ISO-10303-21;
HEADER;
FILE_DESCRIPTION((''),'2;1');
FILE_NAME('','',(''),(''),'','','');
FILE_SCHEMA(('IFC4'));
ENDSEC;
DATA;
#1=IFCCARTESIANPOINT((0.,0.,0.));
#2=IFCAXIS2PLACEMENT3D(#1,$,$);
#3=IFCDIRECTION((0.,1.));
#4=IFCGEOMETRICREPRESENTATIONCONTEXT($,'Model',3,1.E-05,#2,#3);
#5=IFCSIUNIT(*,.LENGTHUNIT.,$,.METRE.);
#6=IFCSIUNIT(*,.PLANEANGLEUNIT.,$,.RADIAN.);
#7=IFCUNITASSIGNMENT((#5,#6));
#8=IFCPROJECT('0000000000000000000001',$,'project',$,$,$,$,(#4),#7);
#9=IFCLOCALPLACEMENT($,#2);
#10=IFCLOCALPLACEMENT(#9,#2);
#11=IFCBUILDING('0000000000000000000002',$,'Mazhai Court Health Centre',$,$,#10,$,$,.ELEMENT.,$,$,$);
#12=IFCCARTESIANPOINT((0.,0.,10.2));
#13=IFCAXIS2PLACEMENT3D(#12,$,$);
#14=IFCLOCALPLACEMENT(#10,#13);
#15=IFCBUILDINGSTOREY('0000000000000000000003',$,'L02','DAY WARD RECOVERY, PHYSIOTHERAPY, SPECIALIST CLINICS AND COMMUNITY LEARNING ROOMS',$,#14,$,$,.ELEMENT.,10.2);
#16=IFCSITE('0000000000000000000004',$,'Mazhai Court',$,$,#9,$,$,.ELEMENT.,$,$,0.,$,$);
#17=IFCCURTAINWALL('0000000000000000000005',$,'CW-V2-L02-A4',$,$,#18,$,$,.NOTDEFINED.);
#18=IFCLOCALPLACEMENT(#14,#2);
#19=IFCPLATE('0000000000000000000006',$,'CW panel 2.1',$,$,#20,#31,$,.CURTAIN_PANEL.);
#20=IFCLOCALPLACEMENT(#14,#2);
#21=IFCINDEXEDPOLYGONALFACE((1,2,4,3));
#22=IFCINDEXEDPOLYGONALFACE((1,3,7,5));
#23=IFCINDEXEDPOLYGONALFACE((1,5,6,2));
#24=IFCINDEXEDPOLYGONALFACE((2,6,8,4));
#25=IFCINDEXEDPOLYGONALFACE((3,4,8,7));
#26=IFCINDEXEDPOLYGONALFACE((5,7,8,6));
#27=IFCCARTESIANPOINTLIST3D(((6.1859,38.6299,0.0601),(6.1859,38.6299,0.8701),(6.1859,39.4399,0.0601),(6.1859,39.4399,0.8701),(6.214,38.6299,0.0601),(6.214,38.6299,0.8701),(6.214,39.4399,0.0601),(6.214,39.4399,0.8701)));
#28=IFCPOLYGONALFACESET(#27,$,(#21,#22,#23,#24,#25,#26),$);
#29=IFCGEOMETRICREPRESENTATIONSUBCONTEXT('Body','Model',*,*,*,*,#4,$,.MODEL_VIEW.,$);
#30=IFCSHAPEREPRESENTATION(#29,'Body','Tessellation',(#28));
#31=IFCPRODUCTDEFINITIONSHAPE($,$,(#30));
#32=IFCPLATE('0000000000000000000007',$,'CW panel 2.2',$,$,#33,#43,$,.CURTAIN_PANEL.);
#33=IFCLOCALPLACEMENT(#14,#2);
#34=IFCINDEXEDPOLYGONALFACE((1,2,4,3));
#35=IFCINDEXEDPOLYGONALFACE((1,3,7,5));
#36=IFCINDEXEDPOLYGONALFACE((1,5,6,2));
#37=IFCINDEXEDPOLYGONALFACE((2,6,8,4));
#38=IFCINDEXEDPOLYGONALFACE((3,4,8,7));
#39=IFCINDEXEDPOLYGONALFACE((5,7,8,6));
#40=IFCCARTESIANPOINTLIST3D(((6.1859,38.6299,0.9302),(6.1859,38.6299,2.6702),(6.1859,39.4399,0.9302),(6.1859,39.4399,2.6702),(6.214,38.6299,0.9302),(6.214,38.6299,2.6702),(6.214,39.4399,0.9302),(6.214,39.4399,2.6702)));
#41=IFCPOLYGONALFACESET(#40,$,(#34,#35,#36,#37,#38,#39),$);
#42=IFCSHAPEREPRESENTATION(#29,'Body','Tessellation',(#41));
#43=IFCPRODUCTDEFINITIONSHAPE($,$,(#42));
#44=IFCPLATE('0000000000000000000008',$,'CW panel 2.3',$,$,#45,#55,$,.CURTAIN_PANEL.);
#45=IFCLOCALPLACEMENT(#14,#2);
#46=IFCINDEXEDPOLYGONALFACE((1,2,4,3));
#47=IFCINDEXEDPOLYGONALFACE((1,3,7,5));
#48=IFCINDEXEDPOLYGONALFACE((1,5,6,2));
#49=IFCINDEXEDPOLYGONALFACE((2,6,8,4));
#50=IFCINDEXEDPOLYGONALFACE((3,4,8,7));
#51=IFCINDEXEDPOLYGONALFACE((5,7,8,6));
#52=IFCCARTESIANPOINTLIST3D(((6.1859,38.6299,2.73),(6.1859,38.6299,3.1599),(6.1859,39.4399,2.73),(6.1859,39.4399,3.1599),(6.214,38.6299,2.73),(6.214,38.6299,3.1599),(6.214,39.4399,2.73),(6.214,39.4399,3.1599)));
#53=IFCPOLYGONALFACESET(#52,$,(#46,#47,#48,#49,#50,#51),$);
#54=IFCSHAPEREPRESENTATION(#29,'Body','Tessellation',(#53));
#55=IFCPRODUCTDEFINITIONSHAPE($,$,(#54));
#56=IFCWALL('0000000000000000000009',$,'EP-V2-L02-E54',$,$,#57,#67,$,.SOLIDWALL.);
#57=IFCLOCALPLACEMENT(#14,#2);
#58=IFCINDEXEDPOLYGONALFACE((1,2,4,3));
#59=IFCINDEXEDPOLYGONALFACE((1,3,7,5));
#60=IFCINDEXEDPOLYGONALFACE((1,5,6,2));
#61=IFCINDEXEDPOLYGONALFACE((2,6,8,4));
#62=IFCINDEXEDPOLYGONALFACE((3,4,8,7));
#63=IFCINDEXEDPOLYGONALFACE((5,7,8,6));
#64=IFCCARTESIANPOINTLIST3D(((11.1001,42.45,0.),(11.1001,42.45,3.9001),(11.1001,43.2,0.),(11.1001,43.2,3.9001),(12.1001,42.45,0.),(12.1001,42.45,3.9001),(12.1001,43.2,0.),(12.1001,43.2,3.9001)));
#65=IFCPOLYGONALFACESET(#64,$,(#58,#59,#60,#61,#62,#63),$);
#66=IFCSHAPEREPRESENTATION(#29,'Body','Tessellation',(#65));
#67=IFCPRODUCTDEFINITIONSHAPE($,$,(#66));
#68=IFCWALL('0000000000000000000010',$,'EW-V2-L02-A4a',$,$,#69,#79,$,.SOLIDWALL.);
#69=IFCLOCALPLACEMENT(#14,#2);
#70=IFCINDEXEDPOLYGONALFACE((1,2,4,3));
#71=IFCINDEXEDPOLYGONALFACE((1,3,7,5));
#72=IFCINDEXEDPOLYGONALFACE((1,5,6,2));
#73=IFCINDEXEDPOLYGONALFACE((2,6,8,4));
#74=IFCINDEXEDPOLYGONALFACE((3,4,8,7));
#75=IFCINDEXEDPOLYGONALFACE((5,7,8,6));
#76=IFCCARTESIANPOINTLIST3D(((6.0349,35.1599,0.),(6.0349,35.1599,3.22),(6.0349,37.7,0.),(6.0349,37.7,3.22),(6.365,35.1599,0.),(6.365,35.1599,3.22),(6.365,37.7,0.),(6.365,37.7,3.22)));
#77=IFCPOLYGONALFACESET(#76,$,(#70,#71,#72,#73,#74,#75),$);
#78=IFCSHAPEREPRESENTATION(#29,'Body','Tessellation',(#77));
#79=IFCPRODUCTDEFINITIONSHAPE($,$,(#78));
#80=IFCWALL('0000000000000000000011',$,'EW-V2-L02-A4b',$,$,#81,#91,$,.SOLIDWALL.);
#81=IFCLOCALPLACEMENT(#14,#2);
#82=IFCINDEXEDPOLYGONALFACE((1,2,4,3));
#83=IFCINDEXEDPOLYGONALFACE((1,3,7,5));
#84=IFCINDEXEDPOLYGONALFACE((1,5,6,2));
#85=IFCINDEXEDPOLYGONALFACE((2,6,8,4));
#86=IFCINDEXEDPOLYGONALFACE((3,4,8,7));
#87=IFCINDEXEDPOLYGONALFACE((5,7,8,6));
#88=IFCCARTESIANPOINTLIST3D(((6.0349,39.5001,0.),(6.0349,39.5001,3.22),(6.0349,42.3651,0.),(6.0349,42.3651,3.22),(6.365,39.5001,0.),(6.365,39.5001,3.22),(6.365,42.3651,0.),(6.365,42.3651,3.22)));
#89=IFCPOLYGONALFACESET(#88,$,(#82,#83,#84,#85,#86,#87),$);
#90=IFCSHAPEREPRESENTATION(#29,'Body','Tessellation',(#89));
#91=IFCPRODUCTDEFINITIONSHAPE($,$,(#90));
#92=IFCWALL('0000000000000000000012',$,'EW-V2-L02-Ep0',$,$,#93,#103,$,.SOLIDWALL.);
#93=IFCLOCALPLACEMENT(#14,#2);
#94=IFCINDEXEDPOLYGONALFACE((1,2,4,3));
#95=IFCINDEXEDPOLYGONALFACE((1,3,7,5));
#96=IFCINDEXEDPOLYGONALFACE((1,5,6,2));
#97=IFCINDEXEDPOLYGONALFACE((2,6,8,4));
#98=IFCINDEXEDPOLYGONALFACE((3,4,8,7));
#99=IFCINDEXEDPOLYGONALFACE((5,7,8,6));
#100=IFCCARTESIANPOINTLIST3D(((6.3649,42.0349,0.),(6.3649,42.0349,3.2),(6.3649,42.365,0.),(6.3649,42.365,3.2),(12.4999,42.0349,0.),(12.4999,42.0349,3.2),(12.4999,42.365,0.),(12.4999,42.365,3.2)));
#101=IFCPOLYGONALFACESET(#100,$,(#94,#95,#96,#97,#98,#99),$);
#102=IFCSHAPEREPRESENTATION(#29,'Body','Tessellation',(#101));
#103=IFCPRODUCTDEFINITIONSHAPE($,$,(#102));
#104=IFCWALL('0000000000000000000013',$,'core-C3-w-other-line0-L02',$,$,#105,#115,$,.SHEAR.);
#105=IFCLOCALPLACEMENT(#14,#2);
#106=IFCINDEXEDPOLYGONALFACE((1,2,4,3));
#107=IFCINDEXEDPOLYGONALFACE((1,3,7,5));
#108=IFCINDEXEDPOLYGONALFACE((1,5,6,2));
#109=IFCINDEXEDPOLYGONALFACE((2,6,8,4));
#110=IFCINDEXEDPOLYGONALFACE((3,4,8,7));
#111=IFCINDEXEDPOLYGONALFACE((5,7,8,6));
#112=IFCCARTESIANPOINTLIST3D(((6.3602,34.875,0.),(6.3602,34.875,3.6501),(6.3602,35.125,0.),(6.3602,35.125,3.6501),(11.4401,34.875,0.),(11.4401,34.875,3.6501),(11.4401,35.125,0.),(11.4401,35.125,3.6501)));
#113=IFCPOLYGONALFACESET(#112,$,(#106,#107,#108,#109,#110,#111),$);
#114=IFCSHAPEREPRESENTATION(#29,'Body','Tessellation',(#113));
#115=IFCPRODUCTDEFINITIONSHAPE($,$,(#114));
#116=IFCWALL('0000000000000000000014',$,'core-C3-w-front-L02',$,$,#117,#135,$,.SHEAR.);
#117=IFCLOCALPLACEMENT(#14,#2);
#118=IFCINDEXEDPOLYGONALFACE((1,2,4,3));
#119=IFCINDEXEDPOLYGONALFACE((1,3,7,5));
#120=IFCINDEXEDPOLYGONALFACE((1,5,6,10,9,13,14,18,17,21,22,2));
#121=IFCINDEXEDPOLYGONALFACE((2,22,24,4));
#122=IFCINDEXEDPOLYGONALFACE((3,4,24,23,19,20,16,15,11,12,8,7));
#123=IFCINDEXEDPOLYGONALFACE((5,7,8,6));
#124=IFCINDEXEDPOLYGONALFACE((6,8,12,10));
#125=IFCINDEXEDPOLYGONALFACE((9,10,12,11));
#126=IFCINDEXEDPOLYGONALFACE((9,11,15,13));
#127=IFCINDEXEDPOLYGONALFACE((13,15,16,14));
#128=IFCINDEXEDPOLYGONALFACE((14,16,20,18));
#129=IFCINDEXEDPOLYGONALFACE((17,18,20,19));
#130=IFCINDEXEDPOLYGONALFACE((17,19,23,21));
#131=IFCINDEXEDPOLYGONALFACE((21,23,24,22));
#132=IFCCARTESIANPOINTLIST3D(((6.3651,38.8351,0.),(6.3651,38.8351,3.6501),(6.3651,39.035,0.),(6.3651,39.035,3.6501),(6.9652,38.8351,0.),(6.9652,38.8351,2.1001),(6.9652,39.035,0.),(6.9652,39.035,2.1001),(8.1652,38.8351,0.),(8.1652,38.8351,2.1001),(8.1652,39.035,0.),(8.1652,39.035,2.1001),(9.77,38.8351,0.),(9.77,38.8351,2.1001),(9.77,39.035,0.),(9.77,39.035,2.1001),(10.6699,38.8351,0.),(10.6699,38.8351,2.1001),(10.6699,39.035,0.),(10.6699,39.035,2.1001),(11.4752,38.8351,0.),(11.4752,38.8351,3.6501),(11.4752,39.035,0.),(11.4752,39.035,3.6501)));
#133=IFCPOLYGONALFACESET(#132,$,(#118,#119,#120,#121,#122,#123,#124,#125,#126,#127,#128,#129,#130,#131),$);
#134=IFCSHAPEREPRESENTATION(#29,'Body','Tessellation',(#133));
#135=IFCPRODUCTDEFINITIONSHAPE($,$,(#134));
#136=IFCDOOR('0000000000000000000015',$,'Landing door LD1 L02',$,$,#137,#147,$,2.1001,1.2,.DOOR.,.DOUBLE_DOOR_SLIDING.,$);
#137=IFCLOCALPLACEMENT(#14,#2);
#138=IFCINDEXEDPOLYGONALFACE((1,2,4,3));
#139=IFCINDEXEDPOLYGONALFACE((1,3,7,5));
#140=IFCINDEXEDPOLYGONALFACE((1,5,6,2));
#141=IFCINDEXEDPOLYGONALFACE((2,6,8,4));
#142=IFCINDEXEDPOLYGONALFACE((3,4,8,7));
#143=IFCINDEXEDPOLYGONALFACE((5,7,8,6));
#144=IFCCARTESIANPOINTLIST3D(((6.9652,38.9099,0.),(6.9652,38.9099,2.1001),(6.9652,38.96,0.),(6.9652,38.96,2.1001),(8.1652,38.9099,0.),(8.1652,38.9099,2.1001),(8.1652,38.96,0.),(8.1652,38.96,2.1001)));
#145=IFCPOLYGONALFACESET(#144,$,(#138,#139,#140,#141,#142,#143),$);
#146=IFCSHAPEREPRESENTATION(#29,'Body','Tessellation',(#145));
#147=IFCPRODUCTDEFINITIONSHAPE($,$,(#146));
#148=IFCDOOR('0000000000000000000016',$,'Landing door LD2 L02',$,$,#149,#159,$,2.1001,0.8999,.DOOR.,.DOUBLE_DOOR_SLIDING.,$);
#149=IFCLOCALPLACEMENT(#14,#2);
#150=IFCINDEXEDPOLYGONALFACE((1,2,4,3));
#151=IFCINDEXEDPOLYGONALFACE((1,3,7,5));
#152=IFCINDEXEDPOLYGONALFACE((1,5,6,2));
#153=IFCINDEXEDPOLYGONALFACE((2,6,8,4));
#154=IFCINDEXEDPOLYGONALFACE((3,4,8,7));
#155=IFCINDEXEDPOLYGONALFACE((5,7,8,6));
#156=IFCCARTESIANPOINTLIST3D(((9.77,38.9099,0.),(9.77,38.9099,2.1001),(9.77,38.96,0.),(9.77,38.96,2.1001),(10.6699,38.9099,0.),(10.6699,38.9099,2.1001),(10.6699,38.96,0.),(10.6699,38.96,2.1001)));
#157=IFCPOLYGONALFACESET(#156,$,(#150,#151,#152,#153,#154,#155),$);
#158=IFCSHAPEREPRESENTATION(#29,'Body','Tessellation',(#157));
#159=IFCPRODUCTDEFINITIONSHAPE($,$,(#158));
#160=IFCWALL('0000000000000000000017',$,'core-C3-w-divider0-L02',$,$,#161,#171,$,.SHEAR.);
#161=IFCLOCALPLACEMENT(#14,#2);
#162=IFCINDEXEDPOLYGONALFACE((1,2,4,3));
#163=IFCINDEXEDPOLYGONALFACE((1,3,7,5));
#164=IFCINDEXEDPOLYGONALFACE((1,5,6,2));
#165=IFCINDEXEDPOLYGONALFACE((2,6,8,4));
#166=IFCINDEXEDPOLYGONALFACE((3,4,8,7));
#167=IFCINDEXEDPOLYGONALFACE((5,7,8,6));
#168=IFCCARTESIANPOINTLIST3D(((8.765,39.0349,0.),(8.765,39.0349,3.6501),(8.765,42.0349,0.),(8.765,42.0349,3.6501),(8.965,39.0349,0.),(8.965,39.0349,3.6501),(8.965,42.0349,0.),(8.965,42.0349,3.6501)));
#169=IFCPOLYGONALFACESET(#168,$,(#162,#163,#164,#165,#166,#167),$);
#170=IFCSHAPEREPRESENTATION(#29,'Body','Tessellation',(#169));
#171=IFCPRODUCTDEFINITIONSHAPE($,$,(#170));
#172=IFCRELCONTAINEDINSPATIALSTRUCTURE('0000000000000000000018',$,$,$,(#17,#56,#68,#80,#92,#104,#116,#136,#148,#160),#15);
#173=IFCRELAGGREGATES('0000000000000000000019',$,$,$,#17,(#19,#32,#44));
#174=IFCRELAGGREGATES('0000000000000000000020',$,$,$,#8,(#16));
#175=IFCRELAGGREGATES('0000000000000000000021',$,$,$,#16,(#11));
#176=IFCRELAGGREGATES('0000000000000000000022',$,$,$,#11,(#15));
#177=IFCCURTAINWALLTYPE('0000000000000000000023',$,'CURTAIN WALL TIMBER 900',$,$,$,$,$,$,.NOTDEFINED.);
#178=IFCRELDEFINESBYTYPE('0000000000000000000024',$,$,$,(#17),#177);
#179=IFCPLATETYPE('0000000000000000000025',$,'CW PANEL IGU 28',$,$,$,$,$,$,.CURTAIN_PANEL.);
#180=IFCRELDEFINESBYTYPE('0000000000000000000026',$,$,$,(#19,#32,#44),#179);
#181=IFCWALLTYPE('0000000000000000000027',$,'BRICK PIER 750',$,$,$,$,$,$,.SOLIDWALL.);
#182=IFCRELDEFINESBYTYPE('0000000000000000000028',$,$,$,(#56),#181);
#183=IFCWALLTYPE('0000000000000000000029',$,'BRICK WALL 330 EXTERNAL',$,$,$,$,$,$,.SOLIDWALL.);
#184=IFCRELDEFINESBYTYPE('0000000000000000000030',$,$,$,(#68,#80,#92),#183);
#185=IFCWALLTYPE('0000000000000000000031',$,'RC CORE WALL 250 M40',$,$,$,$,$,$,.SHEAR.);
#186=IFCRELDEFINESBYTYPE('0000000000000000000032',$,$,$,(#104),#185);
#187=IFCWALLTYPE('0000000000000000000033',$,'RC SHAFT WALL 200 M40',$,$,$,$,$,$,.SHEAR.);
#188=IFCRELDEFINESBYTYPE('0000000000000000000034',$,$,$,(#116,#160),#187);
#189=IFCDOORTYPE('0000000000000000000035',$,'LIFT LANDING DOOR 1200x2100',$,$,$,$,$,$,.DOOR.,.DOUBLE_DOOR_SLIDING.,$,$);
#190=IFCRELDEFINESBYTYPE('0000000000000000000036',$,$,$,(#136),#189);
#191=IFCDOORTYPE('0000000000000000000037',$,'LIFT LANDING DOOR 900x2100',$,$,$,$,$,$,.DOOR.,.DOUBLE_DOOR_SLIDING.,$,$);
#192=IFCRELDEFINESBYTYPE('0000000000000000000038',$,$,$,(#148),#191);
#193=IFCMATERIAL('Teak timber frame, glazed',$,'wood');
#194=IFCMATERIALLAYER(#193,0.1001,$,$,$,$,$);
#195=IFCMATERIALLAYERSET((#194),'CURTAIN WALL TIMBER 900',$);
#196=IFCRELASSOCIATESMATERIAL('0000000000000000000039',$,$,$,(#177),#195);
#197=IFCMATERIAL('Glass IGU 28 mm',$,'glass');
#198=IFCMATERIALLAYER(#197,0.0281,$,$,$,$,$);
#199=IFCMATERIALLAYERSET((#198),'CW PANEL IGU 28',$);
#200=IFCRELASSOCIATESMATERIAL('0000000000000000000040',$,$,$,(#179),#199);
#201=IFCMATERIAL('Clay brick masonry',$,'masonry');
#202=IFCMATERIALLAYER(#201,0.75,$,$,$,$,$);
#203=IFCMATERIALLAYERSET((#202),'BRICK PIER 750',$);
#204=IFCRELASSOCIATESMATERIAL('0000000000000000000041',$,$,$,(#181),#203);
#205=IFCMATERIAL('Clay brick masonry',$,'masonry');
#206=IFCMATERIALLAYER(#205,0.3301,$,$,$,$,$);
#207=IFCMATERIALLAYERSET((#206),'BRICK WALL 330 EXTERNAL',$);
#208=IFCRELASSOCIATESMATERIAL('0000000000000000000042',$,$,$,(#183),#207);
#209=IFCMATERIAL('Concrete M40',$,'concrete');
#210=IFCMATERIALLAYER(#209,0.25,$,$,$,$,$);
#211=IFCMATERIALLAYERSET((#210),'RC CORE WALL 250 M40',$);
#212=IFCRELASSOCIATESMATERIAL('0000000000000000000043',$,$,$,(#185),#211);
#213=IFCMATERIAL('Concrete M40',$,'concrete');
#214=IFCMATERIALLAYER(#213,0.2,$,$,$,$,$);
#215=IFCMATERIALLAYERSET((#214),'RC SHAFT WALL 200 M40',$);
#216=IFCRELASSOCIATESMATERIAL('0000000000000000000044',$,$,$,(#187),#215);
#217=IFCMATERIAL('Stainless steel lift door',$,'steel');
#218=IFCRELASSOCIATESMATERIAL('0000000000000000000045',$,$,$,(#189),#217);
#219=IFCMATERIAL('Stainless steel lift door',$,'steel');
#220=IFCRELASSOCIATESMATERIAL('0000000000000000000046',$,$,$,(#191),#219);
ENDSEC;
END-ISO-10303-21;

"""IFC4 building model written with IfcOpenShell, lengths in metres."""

from ifc_helpers import new_model, si_unit, direction, frame, frame_2d, origin, origin_2d, place, context, subcontext, project, spatial, rectangle, extrude, material, layer, layer_set, type_object, element, fill, aggregate, save


model = new_model("IFC4")

# Units and contexts
model_context = context("Model", 3, precision=1e-05, world=origin(), true_north=direction((0.0, 1.0)))
body_context = subcontext(model_context, "Body", "Model", "MODEL_VIEW")
ifc_project = project(units=[si_unit("LENGTHUNIT", "METRE"), si_unit("PLANEANGLEUNIT", "RADIAN")], contexts=[model_context])

# Site, building, storey
site_placement = place(None, origin())
site = spatial("IfcSite", under=ifc_project, at=site_placement, Name="Mazhai Court", CompositionType="ELEMENT", RefElevation=0.0)
building_placement = place(site_placement, origin())
building = spatial("IfcBuilding", under=site, at=building_placement, Name="Mazhai Court Health Centre", CompositionType="ELEMENT")
storey_placement = place(building_placement, frame((0.0, 0.0, 10.2)))
storey = spatial("IfcBuildingStorey", under=building, at=storey_placement, Name="L02", Description="DAY WARD RECOVERY, PHYSIOTHERAPY, SPECIALIST CLINICS AND COMMUNITY LEARNING ROOMS", CompositionType="ELEMENT", Elevation=10.2)

# Curtain wall, plates
ifc_material_1 = material(Name="Teak timber frame, glazed", Category="wood")
ifc_layer_1 = layer(ifc_material_1, 0.1001)
ifc_layer_set_1 = layer_set([ifc_layer_1], Name="CURTAIN WALL TIMBER 900")
curtain_wall_type = type_object("IfcCurtainWallType", Name="CURTAIN WALL TIMBER 900", PredefinedType="NOTDEFINED", material=ifc_layer_set_1)
curtain_wall_placement = place(storey_placement, origin())
curtain_wall = element("IfcCurtainWall", 1, at=curtain_wall_placement, inside=storey, type_object=curtain_wall_type, Name="CW-V2-L02-A4", PredefinedType="NOTDEFINED")
ifc_material_2 = material(Name="Glass IGU 28 mm", Category="glass")
ifc_layer_2 = layer(ifc_material_2, 0.0281)
ifc_layer_set_2 = layer_set([ifc_layer_2], Name="CW PANEL IGU 28")
plate_type = type_object("IfcPlateType", Name="CW PANEL IGU 28", PredefinedType="CURTAIN_PANEL", material=ifc_layer_set_2)
plate_1_placement = place(storey_placement, frame((6.2, 39.0349, 0.0601), z_axis=(0.0, 0.0, 1.0), x_axis=(0.0, 1.0, 0.0)))
plate_1 = element("IfcPlate", 2, at=plate_1_placement, type_object=plate_type, Name="CW panel 2.1", PredefinedType="CURTAIN_PANEL", context=body_context, shape_type="SweptSolid", body=[
    extrude(rectangle(XDim=0.8101, YDim=0.0281, at=origin_2d()), origin(), (0.0, 0.0, 1.0), 0.8101),
])
plate_2_placement = place(storey_placement, frame((6.2, 39.0349, 0.9302), z_axis=(0.0, 0.0, 1.0), x_axis=(0.0, 1.0, 0.0)))
plate_2 = element("IfcPlate", 3, at=plate_2_placement, type_object=plate_type, Name="CW panel 2.2", PredefinedType="CURTAIN_PANEL", context=body_context, shape_type="SweptSolid", body=[
    extrude(rectangle(XDim=0.8101, YDim=0.0281, at=origin_2d()), origin(), (0.0, 0.0, 1.0), 1.74),
])
plate_3_placement = place(storey_placement, frame((6.2, 39.0349, 2.73), z_axis=(0.0, 0.0, 1.0), x_axis=(0.0, 1.0, 0.0)))
plate_3 = element("IfcPlate", 4, at=plate_3_placement, type_object=plate_type, Name="CW panel 2.3", PredefinedType="CURTAIN_PANEL", context=body_context, shape_type="SweptSolid", body=[
    extrude(rectangle(XDim=0.8101, YDim=0.0281, at=origin_2d()), origin(), (0.0, 0.0, 1.0), 0.4299),
])
aggregate(curtain_wall, [plate_1, plate_2, plate_3])

# Walls
ifc_material_3 = material(Name="Clay brick masonry", Category="masonry")
ifc_layer_3 = layer(ifc_material_3, 0.75)
ifc_layer_set_3 = layer_set([ifc_layer_3], Name="BRICK PIER 750")
wall_type_1 = type_object("IfcWallType", Name="BRICK PIER 750", PredefinedType="SOLIDWALL", material=ifc_layer_set_3)
wall_1_placement = place(storey_placement, frame((11.1001, 42.825, 0.0), z_axis=(0.0, 0.0, 1.0), x_axis=(1.0, 0.0, 0.0)))
element("IfcWall", 5, at=wall_1_placement, inside=storey, type_object=wall_type_1, Name="EP-V2-L02-E54", PredefinedType="SOLIDWALL", context=body_context, shape_type="SweptSolid", body=[
    extrude(rectangle(XDim=1.0, YDim=0.75, at=frame_2d((0.5, 0.0))), origin(), (0.0, 0.0, 1.0), 3.9001),
])
ifc_material_4 = material(Name="Clay brick masonry", Category="masonry")
ifc_layer_4 = layer(ifc_material_4, 0.3301)
ifc_layer_set_4 = layer_set([ifc_layer_4], Name="BRICK WALL 330 EXTERNAL")
wall_type_2 = type_object("IfcWallType", Name="BRICK WALL 330 EXTERNAL", PredefinedType="SOLIDWALL", material=ifc_layer_set_4)
wall_2_placement = place(storey_placement, frame((6.2, 35.1599, 0.0), z_axis=(0.0, 0.0, 1.0), x_axis=(0.0, 1.0, 0.0)))
element("IfcWall", 6, at=wall_2_placement, inside=storey, type_object=wall_type_2, Name="EW-V2-L02-A4a", PredefinedType="SOLIDWALL", context=body_context, shape_type="SweptSolid", body=[
    extrude(rectangle(XDim=2.54, YDim=0.3301, at=frame_2d((1.27, 0.0))), origin(), (0.0, 0.0, 1.0), 3.22),
])
wall_3_placement = place(storey_placement, frame((6.2, 39.5, 0.0), z_axis=(0.0, 0.0, 1.0), x_axis=(0.0, 1.0, 0.0)))
element("IfcWall", 7, at=wall_3_placement, inside=storey, type_object=wall_type_2, Name="EW-V2-L02-A4b", PredefinedType="SOLIDWALL", context=body_context, shape_type="SweptSolid", body=[
    extrude(rectangle(XDim=2.865, YDim=0.3301, at=frame_2d((1.4326, 0.0))), origin(), (0.0, 0.0, 1.0), 3.22),
])
wall_4_placement = place(storey_placement, frame((6.365, 42.2, 0.0), z_axis=(0.0, 0.0, 1.0), x_axis=(1.0, 0.0, 0.0)))
element("IfcWall", 8, at=wall_4_placement, inside=storey, type_object=wall_type_2, Name="EW-V2-L02-Ep0", PredefinedType="SOLIDWALL", context=body_context, shape_type="SweptSolid", body=[
    extrude(rectangle(XDim=6.135, YDim=0.3301, at=frame_2d((3.0674, 0.0))), origin(), (0.0, 0.0, 1.0), 3.2),
])
ifc_material_5 = material(Name="Concrete M40", Category="concrete")
ifc_layer_5 = layer(ifc_material_5, 0.25)
ifc_layer_set_5 = layer_set([ifc_layer_5], Name="RC CORE WALL 250 M40")
wall_type_3 = type_object("IfcWallType", Name="RC CORE WALL 250 M40", PredefinedType="SHEAR", material=ifc_layer_set_5)
wall_5_placement = place(storey_placement, frame((6.3601, 35.0, 0.0), z_axis=(0.0, 0.0, 1.0), x_axis=(1.0, 0.0, 0.0)))
element("IfcWall", 9, at=wall_5_placement, inside=storey, type_object=wall_type_3, Name="core-C3-w-other-line0-L02", PredefinedType="SHEAR", context=body_context, shape_type="SweptSolid", body=[
    extrude(rectangle(XDim=5.0798, YDim=0.25, at=frame_2d((2.54, 0.0))), origin(), (0.0, 0.0, 1.0), 3.6501),
])

# Wall, openings, doors
ifc_material_6 = material(Name="Concrete M40", Category="concrete")
ifc_layer_6 = layer(ifc_material_6, 0.2)
ifc_layer_set_6 = layer_set([ifc_layer_6], Name="RC SHAFT WALL 200 M40")
wall_type_4 = type_object("IfcWallType", Name="RC SHAFT WALL 200 M40", PredefinedType="SHEAR", material=ifc_layer_set_6)
wall_6_placement = place(storey_placement, frame((6.365, 38.9351, 0.0), z_axis=(0.0, 0.0, 1.0), x_axis=(1.0, 0.0, 0.0)))
wall_6 = element("IfcWall", 10, at=wall_6_placement, inside=storey, type_object=wall_type_4, Name="core-C3-w-front-L02", PredefinedType="SHEAR", context=body_context, shape_type="SweptSolid", body=[
    extrude(rectangle(XDim=5.1101, YDim=0.2, at=frame_2d((2.5552, 0.0))), origin(), (0.0, 0.0, 1.0), 3.6501),
])
opening_1_placement = place(wall_6_placement, frame((0.6001, 0.0, 0.0)))
opening_1 = element("IfcOpeningElement", 11, at=opening_1_placement, cuts=wall_6, PredefinedType="OPENING", context=body_context, shape_type="SweptSolid", body=[
    extrude(rectangle(XDim=1.2, YDim=2.1001, at=frame_2d((0.6001, 1.05))), frame((0.0, 0.1099, 0.0), z_axis=(0.0, -1.0, 0.0), x_axis=(1.0, 0.0, 0.0)), (0.0, 0.0, 1.0), 0.22),
])
opening_2_placement = place(wall_6_placement, frame((3.405, 0.0, 0.0)))
opening_2 = element("IfcOpeningElement", 12, at=opening_2_placement, cuts=wall_6, PredefinedType="OPENING", context=body_context, shape_type="SweptSolid", body=[
    extrude(rectangle(XDim=0.8999, YDim=2.1001, at=frame_2d((0.45, 1.05))), frame((0.0, 0.1099, 0.0), z_axis=(0.0, -1.0, 0.0), x_axis=(1.0, 0.0, 0.0)), (0.0, 0.0, 1.0), 0.22),
])
ifc_material_7 = material(Name="Stainless steel lift door", Category="steel")
door_type_1 = type_object("IfcDoorType", Name="LIFT LANDING DOOR 1200x2100", OperationType="DOUBLE_DOOR_SLIDING", PredefinedType="DOOR", material=ifc_material_7)
door_1_placement = place(opening_1_placement, origin())
door_1 = element("IfcDoor", 13, at=door_1_placement, inside=storey, type_object=door_type_1, Name="Landing door LD1 L02", OperationType="DOUBLE_DOOR_SLIDING", OverallHeight=2.1001, OverallWidth=1.2, PredefinedType="DOOR", context=body_context, shape_type="SweptSolid", body=[
    extrude(rectangle(XDim=1.2, YDim=2.1001, at=frame_2d((0.6001, 1.05))), frame((0.0, 0.0249, 0.0), z_axis=(0.0, -1.0, 0.0), x_axis=(1.0, 0.0, 0.0)), (0.0, 0.0, 1.0), 0.05),
])
fill(opening_1, door_1)
ifc_material_8 = material(Name="Stainless steel lift door", Category="steel")
door_type_2 = type_object("IfcDoorType", Name="LIFT LANDING DOOR 900x2100", OperationType="DOUBLE_DOOR_SLIDING", PredefinedType="DOOR", material=ifc_material_8)
door_2_placement = place(opening_2_placement, origin())
door_2 = element("IfcDoor", 14, at=door_2_placement, inside=storey, type_object=door_type_2, Name="Landing door LD2 L02", OperationType="DOUBLE_DOOR_SLIDING", OverallHeight=2.1001, OverallWidth=0.8999, PredefinedType="DOOR", context=body_context, shape_type="SweptSolid", body=[
    extrude(rectangle(XDim=0.8999, YDim=2.1001, at=frame_2d((0.45, 1.05))), frame((0.0, 0.0249, 0.0), z_axis=(0.0, -1.0, 0.0), x_axis=(1.0, 0.0, 0.0)), (0.0, 0.0, 1.0), 0.05),
])
fill(opening_2, door_2)

# Wall
wall_7_placement = place(storey_placement, frame((8.865, 42.0349, 0.0), z_axis=(0.0, 0.0, 1.0), x_axis=(0.0, -1.0, 0.0)))
element("IfcWall", 15, at=wall_7_placement, inside=storey, type_object=wall_type_4, Name="core-C3-w-divider0-L02", PredefinedType="SHEAR", context=body_context, shape_type="SweptSolid", body=[
    extrude(rectangle(XDim=3.0, YDim=0.2, at=frame_2d((1.5, 0.0))), origin(), (0.0, 0.0, 1.0), 3.6501),
])

save(model, "model.ifc")
